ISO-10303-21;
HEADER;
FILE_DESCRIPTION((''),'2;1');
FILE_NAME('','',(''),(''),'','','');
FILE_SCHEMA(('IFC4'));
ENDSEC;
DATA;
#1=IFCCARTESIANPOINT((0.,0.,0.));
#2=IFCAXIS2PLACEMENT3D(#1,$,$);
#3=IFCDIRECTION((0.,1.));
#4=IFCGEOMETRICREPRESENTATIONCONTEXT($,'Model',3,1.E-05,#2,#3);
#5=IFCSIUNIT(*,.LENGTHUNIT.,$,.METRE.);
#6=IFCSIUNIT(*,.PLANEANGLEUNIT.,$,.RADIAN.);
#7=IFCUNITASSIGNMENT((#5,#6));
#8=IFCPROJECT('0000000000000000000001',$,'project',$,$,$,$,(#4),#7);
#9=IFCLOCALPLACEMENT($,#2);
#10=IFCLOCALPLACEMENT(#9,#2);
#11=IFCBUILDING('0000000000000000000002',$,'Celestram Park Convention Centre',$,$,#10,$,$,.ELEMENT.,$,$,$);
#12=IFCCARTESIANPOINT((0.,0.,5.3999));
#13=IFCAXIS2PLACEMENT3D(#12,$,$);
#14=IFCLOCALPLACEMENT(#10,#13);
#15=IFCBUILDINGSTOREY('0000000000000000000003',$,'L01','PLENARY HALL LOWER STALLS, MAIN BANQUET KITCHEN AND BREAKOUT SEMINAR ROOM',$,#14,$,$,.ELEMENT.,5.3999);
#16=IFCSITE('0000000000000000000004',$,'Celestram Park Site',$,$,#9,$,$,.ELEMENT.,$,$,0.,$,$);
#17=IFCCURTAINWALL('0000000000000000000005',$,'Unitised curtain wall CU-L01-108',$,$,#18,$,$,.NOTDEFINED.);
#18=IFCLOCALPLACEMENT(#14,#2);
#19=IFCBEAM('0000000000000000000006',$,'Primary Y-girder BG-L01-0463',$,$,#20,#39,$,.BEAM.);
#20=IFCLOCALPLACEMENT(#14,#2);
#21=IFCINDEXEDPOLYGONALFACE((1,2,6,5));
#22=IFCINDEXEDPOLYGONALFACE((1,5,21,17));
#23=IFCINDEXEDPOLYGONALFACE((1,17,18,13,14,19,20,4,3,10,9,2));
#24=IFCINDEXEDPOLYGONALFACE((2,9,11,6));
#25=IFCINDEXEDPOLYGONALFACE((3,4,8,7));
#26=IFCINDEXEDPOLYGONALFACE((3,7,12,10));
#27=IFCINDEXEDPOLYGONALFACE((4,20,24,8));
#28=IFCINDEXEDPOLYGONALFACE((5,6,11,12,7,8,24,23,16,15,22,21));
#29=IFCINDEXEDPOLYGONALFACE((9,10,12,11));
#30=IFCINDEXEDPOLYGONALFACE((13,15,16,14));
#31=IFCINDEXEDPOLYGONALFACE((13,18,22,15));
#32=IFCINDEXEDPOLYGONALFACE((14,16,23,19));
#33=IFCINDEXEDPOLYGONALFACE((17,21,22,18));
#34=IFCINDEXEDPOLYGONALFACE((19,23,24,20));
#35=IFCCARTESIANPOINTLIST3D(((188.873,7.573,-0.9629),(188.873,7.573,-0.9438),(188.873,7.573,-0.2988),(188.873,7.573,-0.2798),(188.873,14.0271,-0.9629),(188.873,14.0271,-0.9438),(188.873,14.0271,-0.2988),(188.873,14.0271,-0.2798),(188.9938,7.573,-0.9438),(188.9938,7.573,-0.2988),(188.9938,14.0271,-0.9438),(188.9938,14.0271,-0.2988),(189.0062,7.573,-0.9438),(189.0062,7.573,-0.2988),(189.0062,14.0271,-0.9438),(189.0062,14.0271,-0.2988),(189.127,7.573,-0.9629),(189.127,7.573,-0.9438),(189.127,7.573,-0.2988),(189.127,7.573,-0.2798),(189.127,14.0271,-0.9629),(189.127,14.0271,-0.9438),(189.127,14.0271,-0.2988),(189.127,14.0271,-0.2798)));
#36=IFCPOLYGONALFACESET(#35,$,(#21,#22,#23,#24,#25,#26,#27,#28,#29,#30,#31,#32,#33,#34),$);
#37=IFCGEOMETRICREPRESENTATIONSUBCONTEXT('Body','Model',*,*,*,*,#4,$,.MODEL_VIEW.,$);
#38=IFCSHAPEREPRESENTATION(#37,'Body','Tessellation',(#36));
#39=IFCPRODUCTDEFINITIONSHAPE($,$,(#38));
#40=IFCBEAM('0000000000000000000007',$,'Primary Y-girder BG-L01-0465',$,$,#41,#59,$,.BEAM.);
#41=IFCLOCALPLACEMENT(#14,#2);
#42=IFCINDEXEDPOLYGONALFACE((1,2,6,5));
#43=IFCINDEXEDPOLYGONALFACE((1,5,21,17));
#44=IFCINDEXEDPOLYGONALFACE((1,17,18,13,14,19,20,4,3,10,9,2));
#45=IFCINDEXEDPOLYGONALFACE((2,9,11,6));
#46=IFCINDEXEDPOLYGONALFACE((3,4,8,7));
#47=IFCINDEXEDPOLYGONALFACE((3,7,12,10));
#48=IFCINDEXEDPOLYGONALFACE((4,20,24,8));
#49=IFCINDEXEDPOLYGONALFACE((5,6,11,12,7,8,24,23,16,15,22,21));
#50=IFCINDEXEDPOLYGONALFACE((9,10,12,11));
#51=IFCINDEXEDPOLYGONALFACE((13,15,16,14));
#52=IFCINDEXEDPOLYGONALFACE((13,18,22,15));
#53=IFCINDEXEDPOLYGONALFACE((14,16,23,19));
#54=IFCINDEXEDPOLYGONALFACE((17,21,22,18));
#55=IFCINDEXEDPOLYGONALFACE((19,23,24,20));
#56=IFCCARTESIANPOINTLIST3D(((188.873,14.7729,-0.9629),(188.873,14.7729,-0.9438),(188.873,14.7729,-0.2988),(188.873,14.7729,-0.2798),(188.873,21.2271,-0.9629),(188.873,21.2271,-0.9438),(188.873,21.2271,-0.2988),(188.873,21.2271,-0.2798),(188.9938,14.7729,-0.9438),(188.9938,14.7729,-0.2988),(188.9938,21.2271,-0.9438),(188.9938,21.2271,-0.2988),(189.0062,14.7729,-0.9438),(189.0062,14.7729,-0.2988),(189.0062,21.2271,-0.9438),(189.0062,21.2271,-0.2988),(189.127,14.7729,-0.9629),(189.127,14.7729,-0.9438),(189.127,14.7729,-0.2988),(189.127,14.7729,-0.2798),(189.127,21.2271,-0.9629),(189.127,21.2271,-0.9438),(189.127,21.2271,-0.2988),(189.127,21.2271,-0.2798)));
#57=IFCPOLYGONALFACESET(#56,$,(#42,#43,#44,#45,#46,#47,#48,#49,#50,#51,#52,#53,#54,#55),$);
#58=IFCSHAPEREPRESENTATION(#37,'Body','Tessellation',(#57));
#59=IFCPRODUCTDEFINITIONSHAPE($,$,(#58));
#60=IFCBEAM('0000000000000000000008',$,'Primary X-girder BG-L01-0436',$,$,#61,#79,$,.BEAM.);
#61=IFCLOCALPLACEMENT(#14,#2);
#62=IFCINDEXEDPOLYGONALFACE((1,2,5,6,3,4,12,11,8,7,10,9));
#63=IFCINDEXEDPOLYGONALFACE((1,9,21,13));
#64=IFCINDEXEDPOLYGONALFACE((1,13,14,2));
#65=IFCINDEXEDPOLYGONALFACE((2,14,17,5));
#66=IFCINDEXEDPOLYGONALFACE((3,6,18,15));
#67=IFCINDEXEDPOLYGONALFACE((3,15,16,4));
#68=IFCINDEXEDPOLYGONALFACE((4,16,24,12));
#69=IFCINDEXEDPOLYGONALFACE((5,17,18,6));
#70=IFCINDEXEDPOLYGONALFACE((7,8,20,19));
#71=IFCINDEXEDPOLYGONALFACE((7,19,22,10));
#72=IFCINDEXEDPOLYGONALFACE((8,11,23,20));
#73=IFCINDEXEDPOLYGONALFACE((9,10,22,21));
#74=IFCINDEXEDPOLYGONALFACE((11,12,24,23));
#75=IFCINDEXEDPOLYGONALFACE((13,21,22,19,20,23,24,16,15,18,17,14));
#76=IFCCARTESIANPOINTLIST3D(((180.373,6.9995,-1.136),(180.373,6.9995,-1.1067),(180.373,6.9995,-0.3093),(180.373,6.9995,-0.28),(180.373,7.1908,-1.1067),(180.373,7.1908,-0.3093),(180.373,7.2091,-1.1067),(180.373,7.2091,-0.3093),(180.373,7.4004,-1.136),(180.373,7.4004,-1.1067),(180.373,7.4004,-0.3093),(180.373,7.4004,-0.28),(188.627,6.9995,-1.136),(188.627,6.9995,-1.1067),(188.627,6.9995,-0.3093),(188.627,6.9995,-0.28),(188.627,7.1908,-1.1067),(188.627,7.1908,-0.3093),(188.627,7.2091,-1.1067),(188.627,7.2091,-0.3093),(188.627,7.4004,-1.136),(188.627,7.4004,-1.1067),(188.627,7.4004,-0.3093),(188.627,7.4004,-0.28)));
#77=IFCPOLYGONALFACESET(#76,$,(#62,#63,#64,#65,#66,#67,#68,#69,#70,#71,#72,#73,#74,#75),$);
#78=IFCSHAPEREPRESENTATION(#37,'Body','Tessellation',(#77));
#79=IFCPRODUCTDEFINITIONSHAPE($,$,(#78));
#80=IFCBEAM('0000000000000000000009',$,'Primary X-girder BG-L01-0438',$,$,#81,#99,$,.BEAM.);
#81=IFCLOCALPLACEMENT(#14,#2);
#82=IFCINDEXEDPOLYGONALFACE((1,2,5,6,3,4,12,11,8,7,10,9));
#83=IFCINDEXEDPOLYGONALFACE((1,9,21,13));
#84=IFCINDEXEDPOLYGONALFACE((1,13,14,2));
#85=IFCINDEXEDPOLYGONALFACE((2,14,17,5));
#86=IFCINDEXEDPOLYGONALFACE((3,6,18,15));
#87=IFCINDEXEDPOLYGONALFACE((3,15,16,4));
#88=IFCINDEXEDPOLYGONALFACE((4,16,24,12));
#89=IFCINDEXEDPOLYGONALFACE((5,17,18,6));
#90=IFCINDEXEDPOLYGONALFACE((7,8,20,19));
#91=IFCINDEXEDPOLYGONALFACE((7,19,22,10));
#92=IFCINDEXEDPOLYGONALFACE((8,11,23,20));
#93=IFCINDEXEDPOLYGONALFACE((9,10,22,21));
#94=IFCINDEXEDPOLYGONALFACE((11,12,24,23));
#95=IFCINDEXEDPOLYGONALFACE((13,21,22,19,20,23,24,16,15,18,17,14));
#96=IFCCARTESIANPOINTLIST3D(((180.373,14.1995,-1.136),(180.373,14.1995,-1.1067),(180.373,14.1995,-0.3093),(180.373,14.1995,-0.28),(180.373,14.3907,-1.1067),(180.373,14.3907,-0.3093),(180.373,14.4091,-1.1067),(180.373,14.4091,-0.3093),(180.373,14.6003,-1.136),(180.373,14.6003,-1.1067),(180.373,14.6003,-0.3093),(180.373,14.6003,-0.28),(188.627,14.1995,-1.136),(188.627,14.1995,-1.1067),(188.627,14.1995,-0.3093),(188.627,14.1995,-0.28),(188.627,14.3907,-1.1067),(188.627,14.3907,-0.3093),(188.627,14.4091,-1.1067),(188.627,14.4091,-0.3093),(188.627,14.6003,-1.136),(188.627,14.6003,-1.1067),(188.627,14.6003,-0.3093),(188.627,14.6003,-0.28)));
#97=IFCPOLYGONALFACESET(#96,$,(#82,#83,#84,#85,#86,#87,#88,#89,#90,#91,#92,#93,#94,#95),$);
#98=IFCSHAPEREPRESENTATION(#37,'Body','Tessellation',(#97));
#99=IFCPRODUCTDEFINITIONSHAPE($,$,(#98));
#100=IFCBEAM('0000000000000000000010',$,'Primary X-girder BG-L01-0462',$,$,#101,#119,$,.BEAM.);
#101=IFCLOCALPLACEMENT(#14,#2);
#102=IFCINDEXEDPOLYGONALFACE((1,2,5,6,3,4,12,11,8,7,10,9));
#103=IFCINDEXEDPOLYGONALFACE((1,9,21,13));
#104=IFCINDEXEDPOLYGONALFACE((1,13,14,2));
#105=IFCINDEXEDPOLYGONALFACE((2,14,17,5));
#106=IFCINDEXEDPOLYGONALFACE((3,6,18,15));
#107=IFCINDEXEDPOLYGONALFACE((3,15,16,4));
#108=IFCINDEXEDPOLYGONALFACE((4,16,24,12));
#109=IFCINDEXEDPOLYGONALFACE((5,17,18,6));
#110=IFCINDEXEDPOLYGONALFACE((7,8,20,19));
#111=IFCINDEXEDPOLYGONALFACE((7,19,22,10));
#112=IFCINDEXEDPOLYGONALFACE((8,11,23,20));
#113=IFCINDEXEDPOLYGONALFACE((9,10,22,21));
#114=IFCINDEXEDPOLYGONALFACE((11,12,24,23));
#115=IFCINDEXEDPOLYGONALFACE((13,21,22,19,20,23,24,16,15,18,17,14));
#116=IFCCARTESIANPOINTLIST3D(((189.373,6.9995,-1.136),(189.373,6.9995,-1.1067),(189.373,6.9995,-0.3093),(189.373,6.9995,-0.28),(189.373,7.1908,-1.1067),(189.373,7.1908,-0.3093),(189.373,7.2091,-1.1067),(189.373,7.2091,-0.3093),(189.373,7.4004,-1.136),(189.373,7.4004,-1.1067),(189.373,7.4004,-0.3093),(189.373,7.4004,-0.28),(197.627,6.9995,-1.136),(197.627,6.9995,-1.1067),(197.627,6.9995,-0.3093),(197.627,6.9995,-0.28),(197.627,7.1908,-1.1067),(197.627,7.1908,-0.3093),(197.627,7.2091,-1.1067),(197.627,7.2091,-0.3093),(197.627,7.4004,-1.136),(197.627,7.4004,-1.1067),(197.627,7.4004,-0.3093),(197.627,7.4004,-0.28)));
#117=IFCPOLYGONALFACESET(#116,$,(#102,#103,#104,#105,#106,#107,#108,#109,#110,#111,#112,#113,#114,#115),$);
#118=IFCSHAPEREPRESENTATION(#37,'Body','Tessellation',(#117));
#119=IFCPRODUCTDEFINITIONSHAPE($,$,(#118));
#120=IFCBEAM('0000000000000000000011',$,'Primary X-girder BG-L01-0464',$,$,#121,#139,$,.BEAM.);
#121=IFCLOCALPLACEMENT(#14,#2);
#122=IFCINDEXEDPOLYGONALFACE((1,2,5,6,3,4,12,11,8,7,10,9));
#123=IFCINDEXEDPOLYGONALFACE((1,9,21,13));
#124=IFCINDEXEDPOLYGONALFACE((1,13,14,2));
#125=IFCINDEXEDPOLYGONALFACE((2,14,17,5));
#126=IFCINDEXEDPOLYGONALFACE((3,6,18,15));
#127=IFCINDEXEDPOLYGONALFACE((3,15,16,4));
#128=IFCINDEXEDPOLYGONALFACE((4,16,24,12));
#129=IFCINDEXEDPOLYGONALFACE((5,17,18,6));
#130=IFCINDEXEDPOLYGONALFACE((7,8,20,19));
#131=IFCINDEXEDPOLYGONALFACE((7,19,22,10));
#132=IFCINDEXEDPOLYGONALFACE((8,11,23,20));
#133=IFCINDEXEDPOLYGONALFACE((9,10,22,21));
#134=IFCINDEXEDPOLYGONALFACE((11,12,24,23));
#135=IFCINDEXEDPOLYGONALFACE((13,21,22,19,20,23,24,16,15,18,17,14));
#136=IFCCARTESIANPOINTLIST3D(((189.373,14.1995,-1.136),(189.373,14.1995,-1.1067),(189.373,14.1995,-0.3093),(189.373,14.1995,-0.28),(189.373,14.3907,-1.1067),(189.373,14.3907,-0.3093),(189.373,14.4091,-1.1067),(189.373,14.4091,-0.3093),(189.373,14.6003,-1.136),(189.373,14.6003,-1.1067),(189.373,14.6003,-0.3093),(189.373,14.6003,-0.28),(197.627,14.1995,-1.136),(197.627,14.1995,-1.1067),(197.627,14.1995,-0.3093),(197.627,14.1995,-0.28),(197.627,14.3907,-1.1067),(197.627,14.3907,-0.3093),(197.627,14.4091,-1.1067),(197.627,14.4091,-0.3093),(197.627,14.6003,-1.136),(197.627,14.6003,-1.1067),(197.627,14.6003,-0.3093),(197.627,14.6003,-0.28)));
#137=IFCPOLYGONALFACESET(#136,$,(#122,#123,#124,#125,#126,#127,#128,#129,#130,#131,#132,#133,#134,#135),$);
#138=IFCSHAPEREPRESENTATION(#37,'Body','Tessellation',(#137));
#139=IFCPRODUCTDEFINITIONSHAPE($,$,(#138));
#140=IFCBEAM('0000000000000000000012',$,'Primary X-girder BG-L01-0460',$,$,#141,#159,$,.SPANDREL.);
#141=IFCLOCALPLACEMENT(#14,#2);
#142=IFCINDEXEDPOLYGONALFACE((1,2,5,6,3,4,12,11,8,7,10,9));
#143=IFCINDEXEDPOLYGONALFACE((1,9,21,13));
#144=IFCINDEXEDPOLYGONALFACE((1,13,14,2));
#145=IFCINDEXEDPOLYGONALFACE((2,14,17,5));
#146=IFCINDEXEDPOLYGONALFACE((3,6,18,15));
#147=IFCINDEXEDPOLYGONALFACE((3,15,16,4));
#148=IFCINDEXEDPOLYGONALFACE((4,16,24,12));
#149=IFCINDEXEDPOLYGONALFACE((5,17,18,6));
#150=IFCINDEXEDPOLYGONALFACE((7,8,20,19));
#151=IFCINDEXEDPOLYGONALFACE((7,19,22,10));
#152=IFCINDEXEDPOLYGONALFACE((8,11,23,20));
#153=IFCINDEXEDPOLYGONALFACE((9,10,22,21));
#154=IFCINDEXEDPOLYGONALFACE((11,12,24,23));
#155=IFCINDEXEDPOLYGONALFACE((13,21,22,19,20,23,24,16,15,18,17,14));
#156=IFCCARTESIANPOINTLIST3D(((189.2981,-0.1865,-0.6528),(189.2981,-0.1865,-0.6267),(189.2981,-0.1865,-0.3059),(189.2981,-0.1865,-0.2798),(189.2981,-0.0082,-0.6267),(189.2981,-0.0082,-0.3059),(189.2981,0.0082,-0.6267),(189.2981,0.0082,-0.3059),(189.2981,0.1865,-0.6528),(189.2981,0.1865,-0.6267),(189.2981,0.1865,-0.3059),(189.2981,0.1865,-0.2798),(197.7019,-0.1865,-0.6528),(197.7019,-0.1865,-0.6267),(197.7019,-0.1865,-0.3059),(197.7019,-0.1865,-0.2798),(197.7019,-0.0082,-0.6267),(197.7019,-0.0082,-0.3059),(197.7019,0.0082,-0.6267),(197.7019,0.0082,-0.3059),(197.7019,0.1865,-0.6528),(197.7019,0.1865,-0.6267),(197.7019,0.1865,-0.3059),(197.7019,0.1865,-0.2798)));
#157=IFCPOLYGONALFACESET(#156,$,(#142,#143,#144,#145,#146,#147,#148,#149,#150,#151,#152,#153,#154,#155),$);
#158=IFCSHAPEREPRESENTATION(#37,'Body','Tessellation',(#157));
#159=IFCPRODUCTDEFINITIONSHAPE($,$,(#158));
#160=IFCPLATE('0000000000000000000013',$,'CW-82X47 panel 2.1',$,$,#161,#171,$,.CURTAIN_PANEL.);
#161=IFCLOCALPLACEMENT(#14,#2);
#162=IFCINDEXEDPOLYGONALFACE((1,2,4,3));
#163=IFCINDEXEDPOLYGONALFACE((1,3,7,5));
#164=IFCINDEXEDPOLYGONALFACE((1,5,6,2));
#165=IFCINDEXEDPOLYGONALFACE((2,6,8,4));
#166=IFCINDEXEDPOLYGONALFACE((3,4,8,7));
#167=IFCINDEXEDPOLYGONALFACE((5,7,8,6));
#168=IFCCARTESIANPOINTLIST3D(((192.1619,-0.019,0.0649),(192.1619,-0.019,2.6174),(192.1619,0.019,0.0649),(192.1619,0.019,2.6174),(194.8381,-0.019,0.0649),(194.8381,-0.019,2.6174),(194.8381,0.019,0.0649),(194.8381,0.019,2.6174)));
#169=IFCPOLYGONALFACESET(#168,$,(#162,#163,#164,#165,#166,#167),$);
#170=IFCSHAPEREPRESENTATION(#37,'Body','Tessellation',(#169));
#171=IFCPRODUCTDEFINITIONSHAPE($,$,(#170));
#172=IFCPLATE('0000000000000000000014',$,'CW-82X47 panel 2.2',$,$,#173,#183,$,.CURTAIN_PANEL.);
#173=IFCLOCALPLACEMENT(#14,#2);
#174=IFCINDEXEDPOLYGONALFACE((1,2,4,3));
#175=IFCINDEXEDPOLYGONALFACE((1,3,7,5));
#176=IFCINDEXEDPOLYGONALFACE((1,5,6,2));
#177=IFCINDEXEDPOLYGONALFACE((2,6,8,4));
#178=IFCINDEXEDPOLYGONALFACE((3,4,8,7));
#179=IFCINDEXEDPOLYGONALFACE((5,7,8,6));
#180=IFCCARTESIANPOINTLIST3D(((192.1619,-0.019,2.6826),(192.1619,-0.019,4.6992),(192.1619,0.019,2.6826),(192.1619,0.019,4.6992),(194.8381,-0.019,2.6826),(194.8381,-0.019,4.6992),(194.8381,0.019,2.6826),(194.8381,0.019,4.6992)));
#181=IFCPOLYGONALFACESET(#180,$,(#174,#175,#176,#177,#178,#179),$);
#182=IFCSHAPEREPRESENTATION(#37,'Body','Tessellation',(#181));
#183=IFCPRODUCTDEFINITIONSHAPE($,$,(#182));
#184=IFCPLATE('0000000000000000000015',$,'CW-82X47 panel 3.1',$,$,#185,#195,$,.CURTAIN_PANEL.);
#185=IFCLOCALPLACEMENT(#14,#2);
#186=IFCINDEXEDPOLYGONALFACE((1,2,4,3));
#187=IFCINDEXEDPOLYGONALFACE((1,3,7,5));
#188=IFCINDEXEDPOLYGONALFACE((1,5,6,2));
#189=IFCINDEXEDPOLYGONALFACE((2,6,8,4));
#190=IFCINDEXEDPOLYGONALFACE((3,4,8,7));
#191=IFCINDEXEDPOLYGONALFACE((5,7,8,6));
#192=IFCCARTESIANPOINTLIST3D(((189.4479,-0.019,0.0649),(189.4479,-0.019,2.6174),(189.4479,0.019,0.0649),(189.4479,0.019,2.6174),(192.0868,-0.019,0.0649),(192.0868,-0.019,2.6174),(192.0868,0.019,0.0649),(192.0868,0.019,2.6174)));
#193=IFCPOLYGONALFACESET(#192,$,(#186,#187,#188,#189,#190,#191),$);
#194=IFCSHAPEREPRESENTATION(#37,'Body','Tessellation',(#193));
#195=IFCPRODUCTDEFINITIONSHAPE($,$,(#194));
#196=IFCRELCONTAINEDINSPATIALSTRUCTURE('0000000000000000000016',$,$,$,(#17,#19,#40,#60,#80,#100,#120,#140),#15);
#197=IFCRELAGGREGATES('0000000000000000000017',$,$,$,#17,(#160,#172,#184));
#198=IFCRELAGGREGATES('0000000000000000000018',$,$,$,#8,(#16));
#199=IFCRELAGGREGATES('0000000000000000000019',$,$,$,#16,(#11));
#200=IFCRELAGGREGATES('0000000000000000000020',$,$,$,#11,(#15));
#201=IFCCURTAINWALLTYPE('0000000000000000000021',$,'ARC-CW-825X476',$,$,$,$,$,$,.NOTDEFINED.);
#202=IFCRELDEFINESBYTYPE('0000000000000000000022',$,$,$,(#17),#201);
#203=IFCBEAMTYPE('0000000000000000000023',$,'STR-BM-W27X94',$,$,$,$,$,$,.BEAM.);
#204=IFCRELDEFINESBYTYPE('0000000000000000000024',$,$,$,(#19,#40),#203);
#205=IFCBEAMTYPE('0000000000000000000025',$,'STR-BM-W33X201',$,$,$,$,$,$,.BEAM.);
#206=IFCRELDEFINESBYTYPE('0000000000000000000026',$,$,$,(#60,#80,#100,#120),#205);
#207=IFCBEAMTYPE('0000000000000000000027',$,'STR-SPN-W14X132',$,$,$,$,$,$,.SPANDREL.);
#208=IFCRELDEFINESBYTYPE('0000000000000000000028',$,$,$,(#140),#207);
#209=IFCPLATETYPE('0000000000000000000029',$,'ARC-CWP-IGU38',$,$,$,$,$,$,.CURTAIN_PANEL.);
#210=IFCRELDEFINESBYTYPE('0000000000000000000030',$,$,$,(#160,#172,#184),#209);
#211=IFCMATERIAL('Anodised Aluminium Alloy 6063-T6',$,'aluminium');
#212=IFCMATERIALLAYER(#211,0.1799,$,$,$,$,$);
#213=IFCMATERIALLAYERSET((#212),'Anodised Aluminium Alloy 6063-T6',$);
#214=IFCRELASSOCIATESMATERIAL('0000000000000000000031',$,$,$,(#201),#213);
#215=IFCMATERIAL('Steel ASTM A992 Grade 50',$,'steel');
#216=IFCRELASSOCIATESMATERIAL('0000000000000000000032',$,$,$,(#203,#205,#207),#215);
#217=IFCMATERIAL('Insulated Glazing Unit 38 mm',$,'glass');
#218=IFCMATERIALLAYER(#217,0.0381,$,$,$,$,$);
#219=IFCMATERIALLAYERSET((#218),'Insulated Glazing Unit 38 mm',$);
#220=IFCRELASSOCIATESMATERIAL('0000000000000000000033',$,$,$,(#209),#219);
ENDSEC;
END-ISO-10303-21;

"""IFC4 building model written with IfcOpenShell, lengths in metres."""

from ifc_helpers import new_model, si_unit, direction, frame, origin, origin_2d, place, context, subcontext, project, spatial, rectangle, i_section, extrude, material, layer, layer_set, material_profile, profile_set, type_object, element, aggregate, save


model = new_model("IFC4")

# Units and contexts
model_context = context("Model", 3, precision=1e-05, world=origin(), true_north=direction((0.0, 1.0)))
body_context = subcontext(model_context, "Body", "Model", "MODEL_VIEW")
ifc_project = project(units=[si_unit("LENGTHUNIT", "METRE"), si_unit("PLANEANGLEUNIT", "RADIAN")], contexts=[model_context])

# Site, building, storey
site_placement = place(None, origin())
site = spatial("IfcSite", under=ifc_project, at=site_placement, Name="Celestram Park Site", CompositionType="ELEMENT", RefElevation=0.0)
building_placement = place(site_placement, origin())
building = spatial("IfcBuilding", under=site, at=building_placement, Name="Celestram Park Convention Centre", CompositionType="ELEMENT")
storey_placement = place(building_placement, frame((0.0, 0.0, 5.3999)))
storey = spatial("IfcBuildingStorey", under=building, at=storey_placement, Name="L01", Description="PLENARY HALL LOWER STALLS, MAIN BANQUET KITCHEN AND BREAKOUT SEMINAR ROOM", CompositionType="ELEMENT", Elevation=5.3999)

# Curtain wall
ifc_material_1 = material(Name="Anodised Aluminium Alloy 6063-T6", Category="aluminium")
ifc_layer_1 = layer(ifc_material_1, 0.1799)
ifc_layer_set_1 = layer_set([ifc_layer_1], Name="Anodised Aluminium Alloy 6063-T6")
curtain_wall_type = type_object("IfcCurtainWallType", Name="ARC-CW-825X476", PredefinedType="NOTDEFINED", material=ifc_layer_set_1)
curtain_wall_1_placement = place(storey_placement, origin())
curtain_wall_1 = element("IfcCurtainWall", 1, at=curtain_wall_1_placement, inside=storey, type_object=curtain_wall_type, Name="Unitised curtain wall CU-L01-108", PredefinedType="NOTDEFINED")

# Beams
ifc_material_2 = material(Name="Steel ASTM A992 Grade 50", Category="steel")
ifc_material_profile_1 = material_profile(ifc_material_2, i_section(OverallWidth=0.2539, OverallDepth=0.6831, WebThickness=0.0125, FlangeThickness=0.019, at=origin_2d()), Name="W27X94")
ifc_profile_set_1 = profile_set([ifc_material_profile_1], Name="Steel ASTM A992 Grade 50")
beam_type_1 = type_object("IfcBeamType", Name="STR-BM-W27X94", PredefinedType="BEAM", material=ifc_profile_set_1)
for number, where, z_axis, x_axis, name in (
    (2, (189.0, 7.573, -0.6213), (0.0, 1.0, 0.0), (-1.0, 0.0, 0.0), "Primary Y-girder BG-L01-0463"),
    (3, (189.0, 14.7729, -0.6213), (0.0, 1.0, 0.0), (-1.0, 0.0, 0.0), "Primary Y-girder BG-L01-0465"),
):
    element("IfcBeam", number, at=place(storey_placement, frame(where, z_axis=z_axis, x_axis=x_axis)), inside=storey, type_object=beam_type_1, Name=name, PredefinedType="BEAM", context=body_context, shape_type="SweptSolid", body=[
        extrude(i_section(OverallWidth=0.2539, OverallDepth=0.6831, WebThickness=0.0125, FlangeThickness=0.019, at=origin_2d()), origin(), (0.0, 0.0, 1.0), 6.4541),
    ])
ifc_material_profile_2 = material_profile(ifc_material_2, i_section(OverallWidth=0.4009, OverallDepth=0.856, WebThickness=0.0183, FlangeThickness=0.0293, at=origin_2d()), Name="W33X201")
ifc_profile_set_2 = profile_set([ifc_material_profile_2], Name="Steel ASTM A992 Grade 50")
beam_type_2 = type_object("IfcBeamType", Name="STR-BM-W33X201", PredefinedType="BEAM", material=ifc_profile_set_2)
for number, where, z_axis, x_axis, name in (
    (4, (180.373, 7.2, -0.708), (1.0, 0.0, 0.0), (0.0, 1.0, 0.0), "Primary X-girder BG-L01-0436"),
    (5, (180.373, 14.3999, -0.708), (1.0, 0.0, 0.0), (0.0, 1.0, 0.0), "Primary X-girder BG-L01-0438"),
    (6, (189.373, 7.2, -0.708), (1.0, 0.0, 0.0), (0.0, 1.0, 0.0), "Primary X-girder BG-L01-0462"),
    (7, (189.373, 14.3999, -0.708), (1.0, 0.0, 0.0), (0.0, 1.0, 0.0), "Primary X-girder BG-L01-0464"),
):
    element("IfcBeam", number, at=place(storey_placement, frame(where, z_axis=z_axis, x_axis=x_axis)), inside=storey, type_object=beam_type_2, Name=name, PredefinedType="BEAM", context=body_context, shape_type="SweptSolid", body=[
        extrude(i_section(OverallWidth=0.4009, OverallDepth=0.856, WebThickness=0.0183, FlangeThickness=0.0293, at=origin_2d()), origin(), (0.0, 0.0, 1.0), 8.2539),
    ])
ifc_material_profile_3 = material_profile(ifc_material_2, i_section(OverallWidth=0.373, OverallDepth=0.373, WebThickness=0.0164, FlangeThickness=0.0261, at=origin_2d()), Name="W14X132")
ifc_profile_set_3 = profile_set([ifc_material_profile_3], Name="Steel ASTM A992 Grade 50")
beam_type_3 = type_object("IfcBeamType", Name="STR-SPN-W14X132", PredefinedType="SPANDREL", material=ifc_profile_set_3)
beam_1_placement = place(storey_placement, frame((189.2981, 0.0, -0.4663), z_axis=(1.0, 0.0, 0.0), x_axis=(0.0, 1.0, 0.0)))
element("IfcBeam", 8, at=beam_1_placement, inside=storey, type_object=beam_type_3, Name="Primary X-girder BG-L01-0460", PredefinedType="SPANDREL", context=body_context, shape_type="SweptSolid", body=[
    extrude(i_section(OverallWidth=0.373, OverallDepth=0.373, WebThickness=0.0164, FlangeThickness=0.0261, at=origin_2d()), origin(), (0.0, 0.0, 1.0), 8.4038),
])

# Plates
ifc_material_3 = material(Name="Insulated Glazing Unit 38 mm", Category="glass")
ifc_layer_2 = layer(ifc_material_3, 0.0381)
ifc_layer_set_2 = layer_set([ifc_layer_2], Name="Insulated Glazing Unit 38 mm")
plate_type = type_object("IfcPlateType", Name="ARC-CWP-IGU38", PredefinedType="CURTAIN_PANEL", material=ifc_layer_set_2)
plate_1_placement = place(storey_placement, frame((193.5, 0.0, 0.0649), z_axis=(0.0, 0.0, 1.0), x_axis=(-1.0, 0.0, 0.0)))
plate_1 = element("IfcPlate", 9, at=plate_1_placement, type_object=plate_type, Name="CW-82X47 panel 2.1", PredefinedType="CURTAIN_PANEL", context=body_context, shape_type="SweptSolid", body=[
    extrude(rectangle(XDim=2.6763, YDim=0.0381, at=origin_2d()), origin(), (0.0, 0.0, 1.0), 2.5525),
])
plate_2_placement = place(storey_placement, frame((193.5, 0.0, 2.6826), z_axis=(0.0, 0.0, 1.0), x_axis=(-1.0, 0.0, 0.0)))
plate_2 = element("IfcPlate", 10, at=plate_2_placement, type_object=plate_type, Name="CW-82X47 panel 2.2", PredefinedType="CURTAIN_PANEL", context=body_context, shape_type="SweptSolid", body=[
    extrude(rectangle(XDim=2.6763, YDim=0.0381, at=origin_2d()), origin(), (0.0, 0.0, 1.0), 2.0166),
])
plate_3_placement = place(storey_placement, frame((190.7673, 0.0, 0.0649), z_axis=(0.0, 0.0, 1.0), x_axis=(-1.0, 0.0, 0.0)))
plate_3 = element("IfcPlate", 11, at=plate_3_placement, type_object=plate_type, Name="CW-82X47 panel 3.1", PredefinedType="CURTAIN_PANEL", context=body_context, shape_type="SweptSolid", body=[
    extrude(rectangle(XDim=2.6389, YDim=0.0381, at=origin_2d()), origin(), (0.0, 0.0, 1.0), 2.5525),
])
aggregate(curtain_wall_1, [plate_1, plate_2, plate_3])

save(model, "model.ifc")
